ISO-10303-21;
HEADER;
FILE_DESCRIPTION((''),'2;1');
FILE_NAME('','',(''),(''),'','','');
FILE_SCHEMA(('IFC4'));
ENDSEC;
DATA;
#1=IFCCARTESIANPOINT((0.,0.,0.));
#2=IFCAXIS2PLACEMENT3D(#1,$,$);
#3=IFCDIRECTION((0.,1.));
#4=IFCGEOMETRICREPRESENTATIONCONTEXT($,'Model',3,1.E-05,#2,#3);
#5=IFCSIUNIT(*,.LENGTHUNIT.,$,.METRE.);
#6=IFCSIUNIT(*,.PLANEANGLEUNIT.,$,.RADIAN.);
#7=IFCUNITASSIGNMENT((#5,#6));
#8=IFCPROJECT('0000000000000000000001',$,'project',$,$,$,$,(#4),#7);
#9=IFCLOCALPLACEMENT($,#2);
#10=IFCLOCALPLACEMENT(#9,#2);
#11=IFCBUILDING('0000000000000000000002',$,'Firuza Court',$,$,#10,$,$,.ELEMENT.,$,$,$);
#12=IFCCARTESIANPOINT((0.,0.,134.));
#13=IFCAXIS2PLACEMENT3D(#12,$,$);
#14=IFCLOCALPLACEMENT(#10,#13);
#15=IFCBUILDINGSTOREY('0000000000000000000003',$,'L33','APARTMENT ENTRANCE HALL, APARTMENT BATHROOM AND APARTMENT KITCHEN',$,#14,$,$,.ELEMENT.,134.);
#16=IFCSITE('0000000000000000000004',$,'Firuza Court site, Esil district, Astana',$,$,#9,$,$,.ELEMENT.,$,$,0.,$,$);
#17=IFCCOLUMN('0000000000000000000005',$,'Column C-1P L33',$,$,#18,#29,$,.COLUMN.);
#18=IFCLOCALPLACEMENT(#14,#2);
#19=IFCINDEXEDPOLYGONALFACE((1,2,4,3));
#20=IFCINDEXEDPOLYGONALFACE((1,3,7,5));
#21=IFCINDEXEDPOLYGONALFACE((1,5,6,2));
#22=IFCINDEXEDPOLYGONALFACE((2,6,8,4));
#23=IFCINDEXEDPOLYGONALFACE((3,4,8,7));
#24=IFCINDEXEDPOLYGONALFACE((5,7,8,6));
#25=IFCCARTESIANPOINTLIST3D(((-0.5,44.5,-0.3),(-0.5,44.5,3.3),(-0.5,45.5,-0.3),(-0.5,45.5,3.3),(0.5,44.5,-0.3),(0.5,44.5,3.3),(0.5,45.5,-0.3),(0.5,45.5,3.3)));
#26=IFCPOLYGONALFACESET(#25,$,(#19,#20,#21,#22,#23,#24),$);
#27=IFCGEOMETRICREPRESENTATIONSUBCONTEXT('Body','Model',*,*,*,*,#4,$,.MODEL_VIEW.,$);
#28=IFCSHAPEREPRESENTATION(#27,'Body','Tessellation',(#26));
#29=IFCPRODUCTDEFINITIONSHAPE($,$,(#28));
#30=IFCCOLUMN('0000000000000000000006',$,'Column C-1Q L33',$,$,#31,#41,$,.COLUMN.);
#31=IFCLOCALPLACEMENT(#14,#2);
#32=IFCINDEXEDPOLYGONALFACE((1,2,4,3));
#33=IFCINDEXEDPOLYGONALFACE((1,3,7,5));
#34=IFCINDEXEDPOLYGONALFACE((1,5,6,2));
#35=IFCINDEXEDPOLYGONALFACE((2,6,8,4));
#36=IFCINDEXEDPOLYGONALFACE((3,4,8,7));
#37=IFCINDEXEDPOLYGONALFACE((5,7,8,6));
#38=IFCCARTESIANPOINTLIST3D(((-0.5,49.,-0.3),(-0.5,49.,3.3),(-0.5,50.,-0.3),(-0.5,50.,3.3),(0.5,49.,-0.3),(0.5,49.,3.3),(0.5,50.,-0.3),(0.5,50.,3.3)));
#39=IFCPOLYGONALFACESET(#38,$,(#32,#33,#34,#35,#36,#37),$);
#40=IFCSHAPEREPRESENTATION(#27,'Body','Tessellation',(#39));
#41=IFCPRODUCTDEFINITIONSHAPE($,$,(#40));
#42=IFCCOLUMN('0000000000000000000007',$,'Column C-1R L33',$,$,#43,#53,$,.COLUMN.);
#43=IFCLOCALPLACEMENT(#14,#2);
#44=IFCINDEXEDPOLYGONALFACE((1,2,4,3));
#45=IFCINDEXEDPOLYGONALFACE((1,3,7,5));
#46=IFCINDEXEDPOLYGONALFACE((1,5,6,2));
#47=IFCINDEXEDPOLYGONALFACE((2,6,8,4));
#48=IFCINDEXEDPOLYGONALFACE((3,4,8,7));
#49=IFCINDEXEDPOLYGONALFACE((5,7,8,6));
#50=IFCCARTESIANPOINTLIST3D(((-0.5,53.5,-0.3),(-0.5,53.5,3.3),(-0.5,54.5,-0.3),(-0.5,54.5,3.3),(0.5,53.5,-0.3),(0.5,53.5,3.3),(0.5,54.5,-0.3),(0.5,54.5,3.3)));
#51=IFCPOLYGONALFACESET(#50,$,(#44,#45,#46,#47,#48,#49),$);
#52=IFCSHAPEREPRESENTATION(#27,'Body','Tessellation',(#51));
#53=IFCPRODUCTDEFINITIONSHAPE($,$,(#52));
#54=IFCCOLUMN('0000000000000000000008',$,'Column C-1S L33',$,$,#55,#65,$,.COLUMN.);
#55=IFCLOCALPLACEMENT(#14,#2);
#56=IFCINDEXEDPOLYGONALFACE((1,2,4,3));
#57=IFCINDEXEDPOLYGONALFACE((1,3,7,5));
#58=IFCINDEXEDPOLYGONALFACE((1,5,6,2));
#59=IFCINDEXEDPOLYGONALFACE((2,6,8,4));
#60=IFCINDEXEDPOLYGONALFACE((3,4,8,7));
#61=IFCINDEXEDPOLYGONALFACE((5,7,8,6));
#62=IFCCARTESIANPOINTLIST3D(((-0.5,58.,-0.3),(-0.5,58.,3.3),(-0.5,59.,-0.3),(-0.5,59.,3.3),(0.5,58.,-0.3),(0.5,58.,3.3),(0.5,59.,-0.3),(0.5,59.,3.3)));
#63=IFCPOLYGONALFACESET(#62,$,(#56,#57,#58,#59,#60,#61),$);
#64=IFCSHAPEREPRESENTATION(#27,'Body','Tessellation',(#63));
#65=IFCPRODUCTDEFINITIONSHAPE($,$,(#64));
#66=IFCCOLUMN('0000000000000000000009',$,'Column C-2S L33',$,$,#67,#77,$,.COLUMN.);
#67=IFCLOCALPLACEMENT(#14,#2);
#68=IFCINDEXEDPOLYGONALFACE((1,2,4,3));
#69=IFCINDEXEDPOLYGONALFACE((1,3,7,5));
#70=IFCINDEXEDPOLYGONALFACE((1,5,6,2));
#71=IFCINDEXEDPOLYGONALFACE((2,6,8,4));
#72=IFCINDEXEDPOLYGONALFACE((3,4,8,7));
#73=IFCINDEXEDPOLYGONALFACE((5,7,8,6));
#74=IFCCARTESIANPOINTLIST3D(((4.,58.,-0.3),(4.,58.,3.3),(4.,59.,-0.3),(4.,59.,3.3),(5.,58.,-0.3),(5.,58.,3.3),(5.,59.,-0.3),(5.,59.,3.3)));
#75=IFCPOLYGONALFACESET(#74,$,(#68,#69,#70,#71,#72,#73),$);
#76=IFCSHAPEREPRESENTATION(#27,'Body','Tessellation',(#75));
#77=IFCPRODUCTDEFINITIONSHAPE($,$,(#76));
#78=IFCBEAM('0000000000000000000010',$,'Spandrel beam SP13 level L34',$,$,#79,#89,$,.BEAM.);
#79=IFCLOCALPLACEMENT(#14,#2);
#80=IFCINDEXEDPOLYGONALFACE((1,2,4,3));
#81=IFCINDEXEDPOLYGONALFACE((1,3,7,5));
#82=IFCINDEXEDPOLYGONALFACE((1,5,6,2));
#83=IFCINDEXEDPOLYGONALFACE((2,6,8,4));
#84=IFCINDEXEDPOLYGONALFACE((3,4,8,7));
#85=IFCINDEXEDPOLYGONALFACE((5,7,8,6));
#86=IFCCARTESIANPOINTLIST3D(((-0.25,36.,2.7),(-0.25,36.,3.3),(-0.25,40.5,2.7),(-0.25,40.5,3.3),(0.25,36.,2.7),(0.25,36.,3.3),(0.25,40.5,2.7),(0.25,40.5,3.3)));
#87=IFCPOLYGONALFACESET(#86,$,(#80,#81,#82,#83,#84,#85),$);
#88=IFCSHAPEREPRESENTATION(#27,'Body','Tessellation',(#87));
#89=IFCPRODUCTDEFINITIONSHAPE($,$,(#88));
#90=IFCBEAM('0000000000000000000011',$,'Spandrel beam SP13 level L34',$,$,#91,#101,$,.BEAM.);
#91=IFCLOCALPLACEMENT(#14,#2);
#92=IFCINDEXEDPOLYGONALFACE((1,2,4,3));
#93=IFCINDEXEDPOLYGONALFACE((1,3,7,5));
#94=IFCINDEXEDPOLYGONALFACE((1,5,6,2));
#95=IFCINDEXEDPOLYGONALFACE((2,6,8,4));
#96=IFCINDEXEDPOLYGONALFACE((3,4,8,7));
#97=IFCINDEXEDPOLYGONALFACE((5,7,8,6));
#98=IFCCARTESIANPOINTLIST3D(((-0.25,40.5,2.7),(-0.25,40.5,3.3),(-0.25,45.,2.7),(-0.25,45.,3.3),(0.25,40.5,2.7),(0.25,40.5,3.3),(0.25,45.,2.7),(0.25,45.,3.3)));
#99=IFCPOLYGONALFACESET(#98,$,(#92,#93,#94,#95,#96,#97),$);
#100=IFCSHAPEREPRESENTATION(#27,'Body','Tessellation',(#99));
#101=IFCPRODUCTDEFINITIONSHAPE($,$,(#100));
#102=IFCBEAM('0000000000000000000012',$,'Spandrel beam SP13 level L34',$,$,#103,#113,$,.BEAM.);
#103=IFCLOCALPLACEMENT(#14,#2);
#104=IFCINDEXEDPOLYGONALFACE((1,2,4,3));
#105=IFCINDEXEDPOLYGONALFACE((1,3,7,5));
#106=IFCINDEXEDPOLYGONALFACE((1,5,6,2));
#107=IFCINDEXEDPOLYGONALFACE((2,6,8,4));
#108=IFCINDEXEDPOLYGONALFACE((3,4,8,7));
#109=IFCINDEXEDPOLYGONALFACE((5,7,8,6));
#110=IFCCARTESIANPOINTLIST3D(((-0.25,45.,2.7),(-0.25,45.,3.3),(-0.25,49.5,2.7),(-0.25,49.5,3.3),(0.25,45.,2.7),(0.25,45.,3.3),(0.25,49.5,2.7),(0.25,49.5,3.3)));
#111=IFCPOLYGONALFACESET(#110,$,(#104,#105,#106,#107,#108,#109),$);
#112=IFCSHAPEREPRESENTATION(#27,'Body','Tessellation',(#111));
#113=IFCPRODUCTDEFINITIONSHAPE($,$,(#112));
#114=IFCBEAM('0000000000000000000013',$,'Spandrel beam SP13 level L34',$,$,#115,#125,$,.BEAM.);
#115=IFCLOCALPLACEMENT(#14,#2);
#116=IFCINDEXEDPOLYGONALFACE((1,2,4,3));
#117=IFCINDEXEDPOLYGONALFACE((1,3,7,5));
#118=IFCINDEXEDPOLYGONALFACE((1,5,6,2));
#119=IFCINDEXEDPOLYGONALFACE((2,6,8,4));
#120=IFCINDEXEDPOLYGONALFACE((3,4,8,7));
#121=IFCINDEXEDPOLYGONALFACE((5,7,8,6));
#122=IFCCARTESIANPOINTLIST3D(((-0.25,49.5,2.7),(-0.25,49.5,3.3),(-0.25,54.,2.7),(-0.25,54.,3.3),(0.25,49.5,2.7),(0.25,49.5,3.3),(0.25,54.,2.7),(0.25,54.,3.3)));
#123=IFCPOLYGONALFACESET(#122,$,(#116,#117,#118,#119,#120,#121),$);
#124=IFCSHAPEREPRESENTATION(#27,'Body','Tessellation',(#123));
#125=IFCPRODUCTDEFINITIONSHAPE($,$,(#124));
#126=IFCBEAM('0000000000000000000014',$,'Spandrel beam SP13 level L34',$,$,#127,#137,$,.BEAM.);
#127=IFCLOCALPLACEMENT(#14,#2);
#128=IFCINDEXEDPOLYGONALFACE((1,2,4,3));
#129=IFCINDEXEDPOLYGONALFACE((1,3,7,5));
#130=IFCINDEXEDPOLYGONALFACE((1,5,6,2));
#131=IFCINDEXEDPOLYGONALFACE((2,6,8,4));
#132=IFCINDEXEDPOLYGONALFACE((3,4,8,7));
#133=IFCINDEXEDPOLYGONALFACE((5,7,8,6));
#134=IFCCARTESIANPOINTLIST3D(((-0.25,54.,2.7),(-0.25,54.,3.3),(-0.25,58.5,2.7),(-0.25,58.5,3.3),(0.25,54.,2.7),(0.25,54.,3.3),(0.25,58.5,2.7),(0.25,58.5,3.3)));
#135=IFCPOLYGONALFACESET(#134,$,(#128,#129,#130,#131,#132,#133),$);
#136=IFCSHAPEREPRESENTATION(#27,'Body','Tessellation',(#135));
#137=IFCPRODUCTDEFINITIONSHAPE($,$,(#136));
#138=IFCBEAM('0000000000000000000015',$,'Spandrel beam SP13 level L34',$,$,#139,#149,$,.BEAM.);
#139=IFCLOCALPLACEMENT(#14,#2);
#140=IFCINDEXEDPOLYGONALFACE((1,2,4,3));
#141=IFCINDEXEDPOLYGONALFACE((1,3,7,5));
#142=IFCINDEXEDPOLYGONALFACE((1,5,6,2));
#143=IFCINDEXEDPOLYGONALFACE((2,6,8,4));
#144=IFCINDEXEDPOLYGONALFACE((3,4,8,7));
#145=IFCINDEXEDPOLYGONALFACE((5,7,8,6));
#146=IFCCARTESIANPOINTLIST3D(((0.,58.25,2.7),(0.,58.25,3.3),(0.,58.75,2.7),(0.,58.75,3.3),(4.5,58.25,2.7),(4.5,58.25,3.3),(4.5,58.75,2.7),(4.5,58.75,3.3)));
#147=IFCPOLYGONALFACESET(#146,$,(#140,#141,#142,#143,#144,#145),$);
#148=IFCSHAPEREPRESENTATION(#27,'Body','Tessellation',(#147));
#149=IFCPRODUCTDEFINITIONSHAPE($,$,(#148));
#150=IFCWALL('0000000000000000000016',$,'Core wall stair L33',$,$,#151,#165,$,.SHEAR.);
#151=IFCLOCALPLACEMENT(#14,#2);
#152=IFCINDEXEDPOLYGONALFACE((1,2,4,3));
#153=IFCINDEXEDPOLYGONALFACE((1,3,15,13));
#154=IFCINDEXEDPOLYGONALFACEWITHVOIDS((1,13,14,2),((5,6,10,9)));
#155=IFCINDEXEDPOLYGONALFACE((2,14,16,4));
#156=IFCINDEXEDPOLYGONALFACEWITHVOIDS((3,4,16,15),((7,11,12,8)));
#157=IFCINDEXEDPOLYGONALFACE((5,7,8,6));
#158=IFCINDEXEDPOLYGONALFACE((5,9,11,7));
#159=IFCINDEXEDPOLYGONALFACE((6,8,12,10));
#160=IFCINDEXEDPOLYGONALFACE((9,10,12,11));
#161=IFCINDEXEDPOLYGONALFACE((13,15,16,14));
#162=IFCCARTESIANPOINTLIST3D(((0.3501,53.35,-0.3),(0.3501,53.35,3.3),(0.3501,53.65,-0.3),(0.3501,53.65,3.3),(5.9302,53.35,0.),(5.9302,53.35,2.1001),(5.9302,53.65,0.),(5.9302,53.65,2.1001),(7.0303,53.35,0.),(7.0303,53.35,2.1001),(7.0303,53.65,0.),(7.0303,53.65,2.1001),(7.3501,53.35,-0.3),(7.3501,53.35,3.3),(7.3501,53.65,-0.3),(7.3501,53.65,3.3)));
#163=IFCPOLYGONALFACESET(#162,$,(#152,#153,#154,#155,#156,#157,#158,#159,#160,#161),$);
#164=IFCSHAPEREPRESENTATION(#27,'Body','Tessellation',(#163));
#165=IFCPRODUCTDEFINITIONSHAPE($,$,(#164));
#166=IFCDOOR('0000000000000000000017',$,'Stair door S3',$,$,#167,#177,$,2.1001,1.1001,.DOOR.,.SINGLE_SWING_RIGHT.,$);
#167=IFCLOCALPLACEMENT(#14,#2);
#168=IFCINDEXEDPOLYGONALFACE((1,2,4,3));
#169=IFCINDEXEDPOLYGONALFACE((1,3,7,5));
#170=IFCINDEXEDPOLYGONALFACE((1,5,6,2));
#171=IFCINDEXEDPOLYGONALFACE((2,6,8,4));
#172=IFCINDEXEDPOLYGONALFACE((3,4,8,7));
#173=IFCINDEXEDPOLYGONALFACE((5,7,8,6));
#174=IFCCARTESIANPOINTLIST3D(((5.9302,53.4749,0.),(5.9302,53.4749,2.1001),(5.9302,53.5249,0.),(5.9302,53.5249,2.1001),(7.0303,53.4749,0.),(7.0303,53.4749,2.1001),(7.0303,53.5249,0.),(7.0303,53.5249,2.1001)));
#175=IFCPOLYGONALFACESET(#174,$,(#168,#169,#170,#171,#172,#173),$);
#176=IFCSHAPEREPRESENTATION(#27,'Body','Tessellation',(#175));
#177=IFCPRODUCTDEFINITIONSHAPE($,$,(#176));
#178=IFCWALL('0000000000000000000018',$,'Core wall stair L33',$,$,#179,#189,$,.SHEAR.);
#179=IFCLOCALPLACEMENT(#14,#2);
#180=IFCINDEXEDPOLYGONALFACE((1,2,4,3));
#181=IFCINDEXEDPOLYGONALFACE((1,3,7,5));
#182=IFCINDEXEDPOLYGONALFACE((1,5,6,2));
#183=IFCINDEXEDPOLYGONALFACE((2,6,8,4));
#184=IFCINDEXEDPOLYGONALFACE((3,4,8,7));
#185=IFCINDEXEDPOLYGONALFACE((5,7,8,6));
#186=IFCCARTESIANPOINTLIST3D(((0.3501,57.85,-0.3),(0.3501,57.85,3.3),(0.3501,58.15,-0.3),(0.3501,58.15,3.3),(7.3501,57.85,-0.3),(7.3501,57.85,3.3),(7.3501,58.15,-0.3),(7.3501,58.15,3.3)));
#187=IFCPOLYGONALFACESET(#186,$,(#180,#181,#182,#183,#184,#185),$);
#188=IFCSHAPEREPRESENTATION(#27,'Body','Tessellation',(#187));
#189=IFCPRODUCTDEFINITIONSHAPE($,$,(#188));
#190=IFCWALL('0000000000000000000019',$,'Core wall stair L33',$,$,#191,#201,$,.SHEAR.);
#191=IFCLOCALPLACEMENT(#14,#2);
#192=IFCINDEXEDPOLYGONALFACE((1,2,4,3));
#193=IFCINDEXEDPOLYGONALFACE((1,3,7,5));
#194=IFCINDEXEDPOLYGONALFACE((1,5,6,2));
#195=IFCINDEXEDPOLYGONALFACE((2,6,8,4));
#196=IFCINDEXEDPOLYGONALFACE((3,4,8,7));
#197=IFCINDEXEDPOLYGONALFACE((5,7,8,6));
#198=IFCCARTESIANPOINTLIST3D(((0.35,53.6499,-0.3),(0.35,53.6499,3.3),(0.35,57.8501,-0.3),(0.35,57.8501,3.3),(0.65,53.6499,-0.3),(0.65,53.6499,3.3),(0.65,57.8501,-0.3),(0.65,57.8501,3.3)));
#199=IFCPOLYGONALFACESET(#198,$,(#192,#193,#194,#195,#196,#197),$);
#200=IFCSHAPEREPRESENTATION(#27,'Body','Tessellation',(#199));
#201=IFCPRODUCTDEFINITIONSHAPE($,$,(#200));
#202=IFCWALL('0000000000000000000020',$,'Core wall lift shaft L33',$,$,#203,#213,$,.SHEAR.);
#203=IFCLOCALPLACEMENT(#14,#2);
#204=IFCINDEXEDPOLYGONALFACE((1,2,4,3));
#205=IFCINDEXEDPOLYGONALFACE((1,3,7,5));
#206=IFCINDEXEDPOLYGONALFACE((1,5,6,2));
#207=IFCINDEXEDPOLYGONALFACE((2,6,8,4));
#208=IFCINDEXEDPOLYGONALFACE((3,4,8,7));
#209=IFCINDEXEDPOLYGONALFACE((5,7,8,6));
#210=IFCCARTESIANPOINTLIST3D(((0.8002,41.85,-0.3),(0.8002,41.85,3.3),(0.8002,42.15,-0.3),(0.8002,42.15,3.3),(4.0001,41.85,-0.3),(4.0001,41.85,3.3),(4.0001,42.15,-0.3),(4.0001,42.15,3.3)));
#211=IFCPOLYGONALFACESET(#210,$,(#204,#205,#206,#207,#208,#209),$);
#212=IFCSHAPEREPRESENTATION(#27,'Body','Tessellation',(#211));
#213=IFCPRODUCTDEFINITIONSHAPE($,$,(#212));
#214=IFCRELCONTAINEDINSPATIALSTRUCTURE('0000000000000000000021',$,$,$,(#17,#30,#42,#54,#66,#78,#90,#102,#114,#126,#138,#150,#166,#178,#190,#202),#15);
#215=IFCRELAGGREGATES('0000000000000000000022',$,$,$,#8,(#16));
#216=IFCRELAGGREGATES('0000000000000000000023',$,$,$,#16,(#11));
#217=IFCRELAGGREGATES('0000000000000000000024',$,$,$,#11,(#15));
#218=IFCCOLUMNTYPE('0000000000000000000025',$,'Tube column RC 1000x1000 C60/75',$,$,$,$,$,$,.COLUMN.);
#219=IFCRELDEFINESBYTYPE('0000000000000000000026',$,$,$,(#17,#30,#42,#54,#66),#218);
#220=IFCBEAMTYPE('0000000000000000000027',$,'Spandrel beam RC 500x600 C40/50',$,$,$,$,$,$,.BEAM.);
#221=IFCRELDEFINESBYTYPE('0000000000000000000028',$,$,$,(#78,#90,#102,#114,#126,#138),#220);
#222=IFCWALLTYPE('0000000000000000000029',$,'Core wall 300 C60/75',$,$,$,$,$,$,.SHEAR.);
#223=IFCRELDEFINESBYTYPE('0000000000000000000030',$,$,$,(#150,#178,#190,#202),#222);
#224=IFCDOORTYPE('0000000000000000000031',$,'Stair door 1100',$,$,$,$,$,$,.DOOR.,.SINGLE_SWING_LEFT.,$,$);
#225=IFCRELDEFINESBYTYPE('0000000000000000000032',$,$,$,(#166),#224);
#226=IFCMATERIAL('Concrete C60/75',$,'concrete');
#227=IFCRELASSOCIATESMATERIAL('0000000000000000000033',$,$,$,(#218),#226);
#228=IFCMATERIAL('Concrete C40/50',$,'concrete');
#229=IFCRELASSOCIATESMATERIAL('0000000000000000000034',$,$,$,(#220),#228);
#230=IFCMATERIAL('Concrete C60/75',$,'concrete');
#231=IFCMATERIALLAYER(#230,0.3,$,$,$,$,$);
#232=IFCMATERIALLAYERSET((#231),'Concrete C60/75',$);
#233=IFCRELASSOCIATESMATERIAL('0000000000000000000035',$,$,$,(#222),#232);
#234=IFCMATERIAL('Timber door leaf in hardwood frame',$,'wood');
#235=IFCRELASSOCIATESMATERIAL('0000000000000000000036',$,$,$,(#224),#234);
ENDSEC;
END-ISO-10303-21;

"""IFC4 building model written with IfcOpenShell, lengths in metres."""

from ifc_helpers import new_model, si_unit, direction, frame, frame_2d, origin, origin_2d, place, context, subcontext, project, spatial, rectangle, extrude, material, layer, layer_set, material_profile, profile_set, type_object, element, fill, save


model = new_model("IFC4")

# Units and contexts
model_context = context("Model", 3, precision=1e-05, world=origin(), true_north=direction((0.0, 1.0)))
body_context = subcontext(model_context, "Body", "Model", "MODEL_VIEW")
ifc_project = project(units=[si_unit("LENGTHUNIT", "METRE"), si_unit("PLANEANGLEUNIT", "RADIAN")], contexts=[model_context])

# Site, building, storey
site_placement = place(None, origin())
site = spatial("IfcSite", under=ifc_project, at=site_placement, Name="Firuza Court site, Esil district, Astana", CompositionType="ELEMENT", RefElevation=0.0)
building_placement = place(site_placement, origin())
building = spatial("IfcBuilding", under=site, at=building_placement, Name="Firuza Court", CompositionType="ELEMENT")
storey_placement = place(building_placement, frame((0.0, 0.0, 134.0)))
storey = spatial("IfcBuildingStorey", under=building, at=storey_placement, Name="L33", Description="APARTMENT ENTRANCE HALL, APARTMENT BATHROOM AND APARTMENT KITCHEN", CompositionType="ELEMENT", Elevation=134.0)

# Columns
ifc_material_1 = material(Name="Concrete C60/75", Category="concrete")
ifc_material_profile_1 = material_profile(ifc_material_1, rectangle(XDim=1.0, YDim=1.0, at=origin_2d()), Name="RC 1000x1000")
ifc_profile_set_1 = profile_set([ifc_material_profile_1], Name="Concrete C60/75")
column_type = type_object("IfcColumnType", Name="Tube column RC 1000x1000 C60/75", PredefinedType="COLUMN", material=ifc_profile_set_1)
for number, where, z_axis, x_axis, name in (
    (1, (0.0, 45.0, -0.3), (0.0, 0.0, 1.0), (1.0, 0.0, 0.0), "Column C-1P L33"),
    (2, (0.0, 49.5, -0.3), (0.0, 0.0, 1.0), (1.0, 0.0, 0.0), "Column C-1Q L33"),
    (3, (0.0, 54.0, -0.3), (0.0, 0.0, 1.0), (1.0, 0.0, 0.0), "Column C-1R L33"),
    (4, (0.0, 58.5, -0.3), (0.0, 0.0, 1.0), (1.0, 0.0, 0.0), "Column C-1S L33"),
    (5, (4.5, 58.5, -0.3), (0.0, 0.0, 1.0), (1.0, 0.0, 0.0), "Column C-2S L33"),
):
    element("IfcColumn", number, at=place(storey_placement, frame(where, z_axis=z_axis, x_axis=x_axis)), inside=storey, type_object=column_type, Name=name, PredefinedType="COLUMN", context=body_context, shape_type="SweptSolid", body=[
        extrude(rectangle(XDim=1.0, YDim=1.0, at=origin_2d()), origin(), (0.0, 0.0, 1.0), 3.6001),
    ])

# Beams
ifc_material_2 = material(Name="Concrete C40/50", Category="concrete")
ifc_material_profile_2 = material_profile(ifc_material_2, rectangle(XDim=0.5, YDim=0.6001, at=origin_2d()), Name="RC 500x600")
ifc_profile_set_2 = profile_set([ifc_material_profile_2], Name="Concrete C40/50")
beam_type = type_object("IfcBeamType", Name="Spandrel beam RC 500x600 C40/50", PredefinedType="BEAM", material=ifc_profile_set_2)
for number, where, z_axis, x_axis, name in (
    (6, (0.0, 40.5, 3.0), (0.0, -1.0, 0.0), (1.0, 0.0, 0.0), "Spandrel beam SP13 level L34"),
    (7, (0.0, 45.0, 3.0), (0.0, -1.0, 0.0), (1.0, 0.0, 0.0), "Spandrel beam SP13 level L34"),
    (8, (0.0, 49.5, 3.0), (0.0, -1.0, 0.0), (1.0, 0.0, 0.0), "Spandrel beam SP13 level L34"),
    (9, (0.0, 54.0, 3.0), (0.0, -1.0, 0.0), (1.0, 0.0, 0.0), "Spandrel beam SP13 level L34"),
    (10, (0.0, 58.5, 3.0), (0.0, -1.0, 0.0), (1.0, 0.0, 0.0), "Spandrel beam SP13 level L34"),
    (11, (4.5, 58.5, 3.0), (-1.0, 0.0, 0.0), (0.0, -1.0, 0.0), "Spandrel beam SP13 level L34"),
):
    element("IfcBeam", number, at=place(storey_placement, frame(where, z_axis=z_axis, x_axis=x_axis)), inside=storey, type_object=beam_type, Name=name, PredefinedType="BEAM", context=body_context, shape_type="SweptSolid", body=[
        extrude(rectangle(XDim=0.5, YDim=0.6001, at=origin_2d()), origin(), (0.0, 0.0, 1.0), 4.5),
    ])

# Wall, opening, door
ifc_material_3 = material(Name="Concrete C60/75", Category="concrete")
ifc_layer_1 = layer(ifc_material_3, 0.3)
ifc_layer_set_1 = layer_set([ifc_layer_1], Name="Concrete C60/75")
wall_type_1 = type_object("IfcWallType", Name="Core wall 300 C60/75", PredefinedType="SHEAR", material=ifc_layer_set_1)
wall_1_placement = place(storey_placement, frame((0.3501, 53.5, -0.3), z_axis=(0.0, 0.0, 1.0), x_axis=(1.0, 0.0, 0.0)))
wall_1 = element("IfcWall", 12, at=wall_1_placement, inside=storey, type_object=wall_type_1, Name="Core wall stair L33", PredefinedType="SHEAR", context=body_context, shape_type="SweptSolid", body=[
    extrude(rectangle(XDim=7.0, YDim=0.3, at=frame_2d((3.5, 0.0))), origin(), (0.0, 0.0, 1.0), 3.6001),
])
opening_placement = place(wall_1_placement, frame((5.5801, 0.0, 0.3)))
opening = element("IfcOpeningElement", 13, at=opening_placement, cuts=wall_1, PredefinedType="OPENING", context=body_context, shape_type="SweptSolid", body=[
    extrude(rectangle(XDim=1.1001, YDim=2.1001, at=frame_2d((0.55, 1.05))), frame((0.0, 0.1621, 0.0), z_axis=(0.0, -1.0, 0.0), x_axis=(1.0, 0.0, 0.0)), (0.0, 0.0, 1.0), 0.324),
])
ifc_material_4 = material(Name="Timber door leaf in hardwood frame", Category="wood")
door_type = type_object("IfcDoorType", Name="Stair door 1100", OperationType="SINGLE_SWING_LEFT", PredefinedType="DOOR", material=ifc_material_4)
door_placement = place(opening_placement, origin())
door = element("IfcDoor", 14, at=door_placement, inside=storey, type_object=door_type, Name="Stair door S3", OperationType="SINGLE_SWING_RIGHT", OverallHeight=2.1001, OverallWidth=1.1001, PredefinedType="DOOR", context=body_context, shape_type="SweptSolid", body=[
    extrude(rectangle(XDim=1.1001, YDim=2.1001, at=frame_2d((0.55, 1.05))), frame((0.0, 0.0249, 0.0), z_axis=(0.0, -1.0, 0.0), x_axis=(1.0, 0.0, 0.0)), (0.0, 0.0, 1.0), 0.05),
])
fill(opening, door)

# Walls
wall_2_placement = place(storey_placement, frame((0.3501, 58.0, -0.3), z_axis=(0.0, 0.0, 1.0), x_axis=(1.0, 0.0, 0.0)))
element("IfcWall", 15, at=wall_2_placement, inside=storey, type_object=wall_type_1, Name="Core wall stair L33", PredefinedType="SHEAR", context=body_context, shape_type="SweptSolid", body=[
    extrude(rectangle(XDim=7.0, YDim=0.3, at=frame_2d((3.5, 0.0))), origin(), (0.0, 0.0, 1.0), 3.6001),
])
wall_3_placement = place(storey_placement, frame((0.5, 53.6499, -0.3), z_axis=(0.0, 0.0, 1.0), x_axis=(0.0, 1.0, 0.0)))
element("IfcWall", 16, at=wall_3_placement, inside=storey, type_object=wall_type_1, Name="Core wall stair L33", PredefinedType="SHEAR", context=body_context, shape_type="SweptSolid", body=[
    extrude(rectangle(XDim=4.2002, YDim=0.3, at=frame_2d((2.1001, 0.0))), origin(), (0.0, 0.0, 1.0), 3.6001),
])
for number, where, z_axis, x_axis, name in (
    (17, (0.8, 42.0, -0.3), (0.0, 0.0, 1.0), (1.0, 0.0, 0.0), "Core wall lift shaft L33"),
):
    element("IfcWall", number, at=place(storey_placement, frame(where, z_axis=z_axis, x_axis=x_axis)), inside=storey, type_object=wall_type_1, Name=name, PredefinedType="SHEAR", context=body_context, shape_type="SweptSolid", body=[
        extrude(rectangle(XDim=3.2, YDim=0.3, at=frame_2d((1.6001, 0.0))), origin(), (0.0, 0.0, 1.0), 3.6001),
    ])

save(model, "model.ifc")
